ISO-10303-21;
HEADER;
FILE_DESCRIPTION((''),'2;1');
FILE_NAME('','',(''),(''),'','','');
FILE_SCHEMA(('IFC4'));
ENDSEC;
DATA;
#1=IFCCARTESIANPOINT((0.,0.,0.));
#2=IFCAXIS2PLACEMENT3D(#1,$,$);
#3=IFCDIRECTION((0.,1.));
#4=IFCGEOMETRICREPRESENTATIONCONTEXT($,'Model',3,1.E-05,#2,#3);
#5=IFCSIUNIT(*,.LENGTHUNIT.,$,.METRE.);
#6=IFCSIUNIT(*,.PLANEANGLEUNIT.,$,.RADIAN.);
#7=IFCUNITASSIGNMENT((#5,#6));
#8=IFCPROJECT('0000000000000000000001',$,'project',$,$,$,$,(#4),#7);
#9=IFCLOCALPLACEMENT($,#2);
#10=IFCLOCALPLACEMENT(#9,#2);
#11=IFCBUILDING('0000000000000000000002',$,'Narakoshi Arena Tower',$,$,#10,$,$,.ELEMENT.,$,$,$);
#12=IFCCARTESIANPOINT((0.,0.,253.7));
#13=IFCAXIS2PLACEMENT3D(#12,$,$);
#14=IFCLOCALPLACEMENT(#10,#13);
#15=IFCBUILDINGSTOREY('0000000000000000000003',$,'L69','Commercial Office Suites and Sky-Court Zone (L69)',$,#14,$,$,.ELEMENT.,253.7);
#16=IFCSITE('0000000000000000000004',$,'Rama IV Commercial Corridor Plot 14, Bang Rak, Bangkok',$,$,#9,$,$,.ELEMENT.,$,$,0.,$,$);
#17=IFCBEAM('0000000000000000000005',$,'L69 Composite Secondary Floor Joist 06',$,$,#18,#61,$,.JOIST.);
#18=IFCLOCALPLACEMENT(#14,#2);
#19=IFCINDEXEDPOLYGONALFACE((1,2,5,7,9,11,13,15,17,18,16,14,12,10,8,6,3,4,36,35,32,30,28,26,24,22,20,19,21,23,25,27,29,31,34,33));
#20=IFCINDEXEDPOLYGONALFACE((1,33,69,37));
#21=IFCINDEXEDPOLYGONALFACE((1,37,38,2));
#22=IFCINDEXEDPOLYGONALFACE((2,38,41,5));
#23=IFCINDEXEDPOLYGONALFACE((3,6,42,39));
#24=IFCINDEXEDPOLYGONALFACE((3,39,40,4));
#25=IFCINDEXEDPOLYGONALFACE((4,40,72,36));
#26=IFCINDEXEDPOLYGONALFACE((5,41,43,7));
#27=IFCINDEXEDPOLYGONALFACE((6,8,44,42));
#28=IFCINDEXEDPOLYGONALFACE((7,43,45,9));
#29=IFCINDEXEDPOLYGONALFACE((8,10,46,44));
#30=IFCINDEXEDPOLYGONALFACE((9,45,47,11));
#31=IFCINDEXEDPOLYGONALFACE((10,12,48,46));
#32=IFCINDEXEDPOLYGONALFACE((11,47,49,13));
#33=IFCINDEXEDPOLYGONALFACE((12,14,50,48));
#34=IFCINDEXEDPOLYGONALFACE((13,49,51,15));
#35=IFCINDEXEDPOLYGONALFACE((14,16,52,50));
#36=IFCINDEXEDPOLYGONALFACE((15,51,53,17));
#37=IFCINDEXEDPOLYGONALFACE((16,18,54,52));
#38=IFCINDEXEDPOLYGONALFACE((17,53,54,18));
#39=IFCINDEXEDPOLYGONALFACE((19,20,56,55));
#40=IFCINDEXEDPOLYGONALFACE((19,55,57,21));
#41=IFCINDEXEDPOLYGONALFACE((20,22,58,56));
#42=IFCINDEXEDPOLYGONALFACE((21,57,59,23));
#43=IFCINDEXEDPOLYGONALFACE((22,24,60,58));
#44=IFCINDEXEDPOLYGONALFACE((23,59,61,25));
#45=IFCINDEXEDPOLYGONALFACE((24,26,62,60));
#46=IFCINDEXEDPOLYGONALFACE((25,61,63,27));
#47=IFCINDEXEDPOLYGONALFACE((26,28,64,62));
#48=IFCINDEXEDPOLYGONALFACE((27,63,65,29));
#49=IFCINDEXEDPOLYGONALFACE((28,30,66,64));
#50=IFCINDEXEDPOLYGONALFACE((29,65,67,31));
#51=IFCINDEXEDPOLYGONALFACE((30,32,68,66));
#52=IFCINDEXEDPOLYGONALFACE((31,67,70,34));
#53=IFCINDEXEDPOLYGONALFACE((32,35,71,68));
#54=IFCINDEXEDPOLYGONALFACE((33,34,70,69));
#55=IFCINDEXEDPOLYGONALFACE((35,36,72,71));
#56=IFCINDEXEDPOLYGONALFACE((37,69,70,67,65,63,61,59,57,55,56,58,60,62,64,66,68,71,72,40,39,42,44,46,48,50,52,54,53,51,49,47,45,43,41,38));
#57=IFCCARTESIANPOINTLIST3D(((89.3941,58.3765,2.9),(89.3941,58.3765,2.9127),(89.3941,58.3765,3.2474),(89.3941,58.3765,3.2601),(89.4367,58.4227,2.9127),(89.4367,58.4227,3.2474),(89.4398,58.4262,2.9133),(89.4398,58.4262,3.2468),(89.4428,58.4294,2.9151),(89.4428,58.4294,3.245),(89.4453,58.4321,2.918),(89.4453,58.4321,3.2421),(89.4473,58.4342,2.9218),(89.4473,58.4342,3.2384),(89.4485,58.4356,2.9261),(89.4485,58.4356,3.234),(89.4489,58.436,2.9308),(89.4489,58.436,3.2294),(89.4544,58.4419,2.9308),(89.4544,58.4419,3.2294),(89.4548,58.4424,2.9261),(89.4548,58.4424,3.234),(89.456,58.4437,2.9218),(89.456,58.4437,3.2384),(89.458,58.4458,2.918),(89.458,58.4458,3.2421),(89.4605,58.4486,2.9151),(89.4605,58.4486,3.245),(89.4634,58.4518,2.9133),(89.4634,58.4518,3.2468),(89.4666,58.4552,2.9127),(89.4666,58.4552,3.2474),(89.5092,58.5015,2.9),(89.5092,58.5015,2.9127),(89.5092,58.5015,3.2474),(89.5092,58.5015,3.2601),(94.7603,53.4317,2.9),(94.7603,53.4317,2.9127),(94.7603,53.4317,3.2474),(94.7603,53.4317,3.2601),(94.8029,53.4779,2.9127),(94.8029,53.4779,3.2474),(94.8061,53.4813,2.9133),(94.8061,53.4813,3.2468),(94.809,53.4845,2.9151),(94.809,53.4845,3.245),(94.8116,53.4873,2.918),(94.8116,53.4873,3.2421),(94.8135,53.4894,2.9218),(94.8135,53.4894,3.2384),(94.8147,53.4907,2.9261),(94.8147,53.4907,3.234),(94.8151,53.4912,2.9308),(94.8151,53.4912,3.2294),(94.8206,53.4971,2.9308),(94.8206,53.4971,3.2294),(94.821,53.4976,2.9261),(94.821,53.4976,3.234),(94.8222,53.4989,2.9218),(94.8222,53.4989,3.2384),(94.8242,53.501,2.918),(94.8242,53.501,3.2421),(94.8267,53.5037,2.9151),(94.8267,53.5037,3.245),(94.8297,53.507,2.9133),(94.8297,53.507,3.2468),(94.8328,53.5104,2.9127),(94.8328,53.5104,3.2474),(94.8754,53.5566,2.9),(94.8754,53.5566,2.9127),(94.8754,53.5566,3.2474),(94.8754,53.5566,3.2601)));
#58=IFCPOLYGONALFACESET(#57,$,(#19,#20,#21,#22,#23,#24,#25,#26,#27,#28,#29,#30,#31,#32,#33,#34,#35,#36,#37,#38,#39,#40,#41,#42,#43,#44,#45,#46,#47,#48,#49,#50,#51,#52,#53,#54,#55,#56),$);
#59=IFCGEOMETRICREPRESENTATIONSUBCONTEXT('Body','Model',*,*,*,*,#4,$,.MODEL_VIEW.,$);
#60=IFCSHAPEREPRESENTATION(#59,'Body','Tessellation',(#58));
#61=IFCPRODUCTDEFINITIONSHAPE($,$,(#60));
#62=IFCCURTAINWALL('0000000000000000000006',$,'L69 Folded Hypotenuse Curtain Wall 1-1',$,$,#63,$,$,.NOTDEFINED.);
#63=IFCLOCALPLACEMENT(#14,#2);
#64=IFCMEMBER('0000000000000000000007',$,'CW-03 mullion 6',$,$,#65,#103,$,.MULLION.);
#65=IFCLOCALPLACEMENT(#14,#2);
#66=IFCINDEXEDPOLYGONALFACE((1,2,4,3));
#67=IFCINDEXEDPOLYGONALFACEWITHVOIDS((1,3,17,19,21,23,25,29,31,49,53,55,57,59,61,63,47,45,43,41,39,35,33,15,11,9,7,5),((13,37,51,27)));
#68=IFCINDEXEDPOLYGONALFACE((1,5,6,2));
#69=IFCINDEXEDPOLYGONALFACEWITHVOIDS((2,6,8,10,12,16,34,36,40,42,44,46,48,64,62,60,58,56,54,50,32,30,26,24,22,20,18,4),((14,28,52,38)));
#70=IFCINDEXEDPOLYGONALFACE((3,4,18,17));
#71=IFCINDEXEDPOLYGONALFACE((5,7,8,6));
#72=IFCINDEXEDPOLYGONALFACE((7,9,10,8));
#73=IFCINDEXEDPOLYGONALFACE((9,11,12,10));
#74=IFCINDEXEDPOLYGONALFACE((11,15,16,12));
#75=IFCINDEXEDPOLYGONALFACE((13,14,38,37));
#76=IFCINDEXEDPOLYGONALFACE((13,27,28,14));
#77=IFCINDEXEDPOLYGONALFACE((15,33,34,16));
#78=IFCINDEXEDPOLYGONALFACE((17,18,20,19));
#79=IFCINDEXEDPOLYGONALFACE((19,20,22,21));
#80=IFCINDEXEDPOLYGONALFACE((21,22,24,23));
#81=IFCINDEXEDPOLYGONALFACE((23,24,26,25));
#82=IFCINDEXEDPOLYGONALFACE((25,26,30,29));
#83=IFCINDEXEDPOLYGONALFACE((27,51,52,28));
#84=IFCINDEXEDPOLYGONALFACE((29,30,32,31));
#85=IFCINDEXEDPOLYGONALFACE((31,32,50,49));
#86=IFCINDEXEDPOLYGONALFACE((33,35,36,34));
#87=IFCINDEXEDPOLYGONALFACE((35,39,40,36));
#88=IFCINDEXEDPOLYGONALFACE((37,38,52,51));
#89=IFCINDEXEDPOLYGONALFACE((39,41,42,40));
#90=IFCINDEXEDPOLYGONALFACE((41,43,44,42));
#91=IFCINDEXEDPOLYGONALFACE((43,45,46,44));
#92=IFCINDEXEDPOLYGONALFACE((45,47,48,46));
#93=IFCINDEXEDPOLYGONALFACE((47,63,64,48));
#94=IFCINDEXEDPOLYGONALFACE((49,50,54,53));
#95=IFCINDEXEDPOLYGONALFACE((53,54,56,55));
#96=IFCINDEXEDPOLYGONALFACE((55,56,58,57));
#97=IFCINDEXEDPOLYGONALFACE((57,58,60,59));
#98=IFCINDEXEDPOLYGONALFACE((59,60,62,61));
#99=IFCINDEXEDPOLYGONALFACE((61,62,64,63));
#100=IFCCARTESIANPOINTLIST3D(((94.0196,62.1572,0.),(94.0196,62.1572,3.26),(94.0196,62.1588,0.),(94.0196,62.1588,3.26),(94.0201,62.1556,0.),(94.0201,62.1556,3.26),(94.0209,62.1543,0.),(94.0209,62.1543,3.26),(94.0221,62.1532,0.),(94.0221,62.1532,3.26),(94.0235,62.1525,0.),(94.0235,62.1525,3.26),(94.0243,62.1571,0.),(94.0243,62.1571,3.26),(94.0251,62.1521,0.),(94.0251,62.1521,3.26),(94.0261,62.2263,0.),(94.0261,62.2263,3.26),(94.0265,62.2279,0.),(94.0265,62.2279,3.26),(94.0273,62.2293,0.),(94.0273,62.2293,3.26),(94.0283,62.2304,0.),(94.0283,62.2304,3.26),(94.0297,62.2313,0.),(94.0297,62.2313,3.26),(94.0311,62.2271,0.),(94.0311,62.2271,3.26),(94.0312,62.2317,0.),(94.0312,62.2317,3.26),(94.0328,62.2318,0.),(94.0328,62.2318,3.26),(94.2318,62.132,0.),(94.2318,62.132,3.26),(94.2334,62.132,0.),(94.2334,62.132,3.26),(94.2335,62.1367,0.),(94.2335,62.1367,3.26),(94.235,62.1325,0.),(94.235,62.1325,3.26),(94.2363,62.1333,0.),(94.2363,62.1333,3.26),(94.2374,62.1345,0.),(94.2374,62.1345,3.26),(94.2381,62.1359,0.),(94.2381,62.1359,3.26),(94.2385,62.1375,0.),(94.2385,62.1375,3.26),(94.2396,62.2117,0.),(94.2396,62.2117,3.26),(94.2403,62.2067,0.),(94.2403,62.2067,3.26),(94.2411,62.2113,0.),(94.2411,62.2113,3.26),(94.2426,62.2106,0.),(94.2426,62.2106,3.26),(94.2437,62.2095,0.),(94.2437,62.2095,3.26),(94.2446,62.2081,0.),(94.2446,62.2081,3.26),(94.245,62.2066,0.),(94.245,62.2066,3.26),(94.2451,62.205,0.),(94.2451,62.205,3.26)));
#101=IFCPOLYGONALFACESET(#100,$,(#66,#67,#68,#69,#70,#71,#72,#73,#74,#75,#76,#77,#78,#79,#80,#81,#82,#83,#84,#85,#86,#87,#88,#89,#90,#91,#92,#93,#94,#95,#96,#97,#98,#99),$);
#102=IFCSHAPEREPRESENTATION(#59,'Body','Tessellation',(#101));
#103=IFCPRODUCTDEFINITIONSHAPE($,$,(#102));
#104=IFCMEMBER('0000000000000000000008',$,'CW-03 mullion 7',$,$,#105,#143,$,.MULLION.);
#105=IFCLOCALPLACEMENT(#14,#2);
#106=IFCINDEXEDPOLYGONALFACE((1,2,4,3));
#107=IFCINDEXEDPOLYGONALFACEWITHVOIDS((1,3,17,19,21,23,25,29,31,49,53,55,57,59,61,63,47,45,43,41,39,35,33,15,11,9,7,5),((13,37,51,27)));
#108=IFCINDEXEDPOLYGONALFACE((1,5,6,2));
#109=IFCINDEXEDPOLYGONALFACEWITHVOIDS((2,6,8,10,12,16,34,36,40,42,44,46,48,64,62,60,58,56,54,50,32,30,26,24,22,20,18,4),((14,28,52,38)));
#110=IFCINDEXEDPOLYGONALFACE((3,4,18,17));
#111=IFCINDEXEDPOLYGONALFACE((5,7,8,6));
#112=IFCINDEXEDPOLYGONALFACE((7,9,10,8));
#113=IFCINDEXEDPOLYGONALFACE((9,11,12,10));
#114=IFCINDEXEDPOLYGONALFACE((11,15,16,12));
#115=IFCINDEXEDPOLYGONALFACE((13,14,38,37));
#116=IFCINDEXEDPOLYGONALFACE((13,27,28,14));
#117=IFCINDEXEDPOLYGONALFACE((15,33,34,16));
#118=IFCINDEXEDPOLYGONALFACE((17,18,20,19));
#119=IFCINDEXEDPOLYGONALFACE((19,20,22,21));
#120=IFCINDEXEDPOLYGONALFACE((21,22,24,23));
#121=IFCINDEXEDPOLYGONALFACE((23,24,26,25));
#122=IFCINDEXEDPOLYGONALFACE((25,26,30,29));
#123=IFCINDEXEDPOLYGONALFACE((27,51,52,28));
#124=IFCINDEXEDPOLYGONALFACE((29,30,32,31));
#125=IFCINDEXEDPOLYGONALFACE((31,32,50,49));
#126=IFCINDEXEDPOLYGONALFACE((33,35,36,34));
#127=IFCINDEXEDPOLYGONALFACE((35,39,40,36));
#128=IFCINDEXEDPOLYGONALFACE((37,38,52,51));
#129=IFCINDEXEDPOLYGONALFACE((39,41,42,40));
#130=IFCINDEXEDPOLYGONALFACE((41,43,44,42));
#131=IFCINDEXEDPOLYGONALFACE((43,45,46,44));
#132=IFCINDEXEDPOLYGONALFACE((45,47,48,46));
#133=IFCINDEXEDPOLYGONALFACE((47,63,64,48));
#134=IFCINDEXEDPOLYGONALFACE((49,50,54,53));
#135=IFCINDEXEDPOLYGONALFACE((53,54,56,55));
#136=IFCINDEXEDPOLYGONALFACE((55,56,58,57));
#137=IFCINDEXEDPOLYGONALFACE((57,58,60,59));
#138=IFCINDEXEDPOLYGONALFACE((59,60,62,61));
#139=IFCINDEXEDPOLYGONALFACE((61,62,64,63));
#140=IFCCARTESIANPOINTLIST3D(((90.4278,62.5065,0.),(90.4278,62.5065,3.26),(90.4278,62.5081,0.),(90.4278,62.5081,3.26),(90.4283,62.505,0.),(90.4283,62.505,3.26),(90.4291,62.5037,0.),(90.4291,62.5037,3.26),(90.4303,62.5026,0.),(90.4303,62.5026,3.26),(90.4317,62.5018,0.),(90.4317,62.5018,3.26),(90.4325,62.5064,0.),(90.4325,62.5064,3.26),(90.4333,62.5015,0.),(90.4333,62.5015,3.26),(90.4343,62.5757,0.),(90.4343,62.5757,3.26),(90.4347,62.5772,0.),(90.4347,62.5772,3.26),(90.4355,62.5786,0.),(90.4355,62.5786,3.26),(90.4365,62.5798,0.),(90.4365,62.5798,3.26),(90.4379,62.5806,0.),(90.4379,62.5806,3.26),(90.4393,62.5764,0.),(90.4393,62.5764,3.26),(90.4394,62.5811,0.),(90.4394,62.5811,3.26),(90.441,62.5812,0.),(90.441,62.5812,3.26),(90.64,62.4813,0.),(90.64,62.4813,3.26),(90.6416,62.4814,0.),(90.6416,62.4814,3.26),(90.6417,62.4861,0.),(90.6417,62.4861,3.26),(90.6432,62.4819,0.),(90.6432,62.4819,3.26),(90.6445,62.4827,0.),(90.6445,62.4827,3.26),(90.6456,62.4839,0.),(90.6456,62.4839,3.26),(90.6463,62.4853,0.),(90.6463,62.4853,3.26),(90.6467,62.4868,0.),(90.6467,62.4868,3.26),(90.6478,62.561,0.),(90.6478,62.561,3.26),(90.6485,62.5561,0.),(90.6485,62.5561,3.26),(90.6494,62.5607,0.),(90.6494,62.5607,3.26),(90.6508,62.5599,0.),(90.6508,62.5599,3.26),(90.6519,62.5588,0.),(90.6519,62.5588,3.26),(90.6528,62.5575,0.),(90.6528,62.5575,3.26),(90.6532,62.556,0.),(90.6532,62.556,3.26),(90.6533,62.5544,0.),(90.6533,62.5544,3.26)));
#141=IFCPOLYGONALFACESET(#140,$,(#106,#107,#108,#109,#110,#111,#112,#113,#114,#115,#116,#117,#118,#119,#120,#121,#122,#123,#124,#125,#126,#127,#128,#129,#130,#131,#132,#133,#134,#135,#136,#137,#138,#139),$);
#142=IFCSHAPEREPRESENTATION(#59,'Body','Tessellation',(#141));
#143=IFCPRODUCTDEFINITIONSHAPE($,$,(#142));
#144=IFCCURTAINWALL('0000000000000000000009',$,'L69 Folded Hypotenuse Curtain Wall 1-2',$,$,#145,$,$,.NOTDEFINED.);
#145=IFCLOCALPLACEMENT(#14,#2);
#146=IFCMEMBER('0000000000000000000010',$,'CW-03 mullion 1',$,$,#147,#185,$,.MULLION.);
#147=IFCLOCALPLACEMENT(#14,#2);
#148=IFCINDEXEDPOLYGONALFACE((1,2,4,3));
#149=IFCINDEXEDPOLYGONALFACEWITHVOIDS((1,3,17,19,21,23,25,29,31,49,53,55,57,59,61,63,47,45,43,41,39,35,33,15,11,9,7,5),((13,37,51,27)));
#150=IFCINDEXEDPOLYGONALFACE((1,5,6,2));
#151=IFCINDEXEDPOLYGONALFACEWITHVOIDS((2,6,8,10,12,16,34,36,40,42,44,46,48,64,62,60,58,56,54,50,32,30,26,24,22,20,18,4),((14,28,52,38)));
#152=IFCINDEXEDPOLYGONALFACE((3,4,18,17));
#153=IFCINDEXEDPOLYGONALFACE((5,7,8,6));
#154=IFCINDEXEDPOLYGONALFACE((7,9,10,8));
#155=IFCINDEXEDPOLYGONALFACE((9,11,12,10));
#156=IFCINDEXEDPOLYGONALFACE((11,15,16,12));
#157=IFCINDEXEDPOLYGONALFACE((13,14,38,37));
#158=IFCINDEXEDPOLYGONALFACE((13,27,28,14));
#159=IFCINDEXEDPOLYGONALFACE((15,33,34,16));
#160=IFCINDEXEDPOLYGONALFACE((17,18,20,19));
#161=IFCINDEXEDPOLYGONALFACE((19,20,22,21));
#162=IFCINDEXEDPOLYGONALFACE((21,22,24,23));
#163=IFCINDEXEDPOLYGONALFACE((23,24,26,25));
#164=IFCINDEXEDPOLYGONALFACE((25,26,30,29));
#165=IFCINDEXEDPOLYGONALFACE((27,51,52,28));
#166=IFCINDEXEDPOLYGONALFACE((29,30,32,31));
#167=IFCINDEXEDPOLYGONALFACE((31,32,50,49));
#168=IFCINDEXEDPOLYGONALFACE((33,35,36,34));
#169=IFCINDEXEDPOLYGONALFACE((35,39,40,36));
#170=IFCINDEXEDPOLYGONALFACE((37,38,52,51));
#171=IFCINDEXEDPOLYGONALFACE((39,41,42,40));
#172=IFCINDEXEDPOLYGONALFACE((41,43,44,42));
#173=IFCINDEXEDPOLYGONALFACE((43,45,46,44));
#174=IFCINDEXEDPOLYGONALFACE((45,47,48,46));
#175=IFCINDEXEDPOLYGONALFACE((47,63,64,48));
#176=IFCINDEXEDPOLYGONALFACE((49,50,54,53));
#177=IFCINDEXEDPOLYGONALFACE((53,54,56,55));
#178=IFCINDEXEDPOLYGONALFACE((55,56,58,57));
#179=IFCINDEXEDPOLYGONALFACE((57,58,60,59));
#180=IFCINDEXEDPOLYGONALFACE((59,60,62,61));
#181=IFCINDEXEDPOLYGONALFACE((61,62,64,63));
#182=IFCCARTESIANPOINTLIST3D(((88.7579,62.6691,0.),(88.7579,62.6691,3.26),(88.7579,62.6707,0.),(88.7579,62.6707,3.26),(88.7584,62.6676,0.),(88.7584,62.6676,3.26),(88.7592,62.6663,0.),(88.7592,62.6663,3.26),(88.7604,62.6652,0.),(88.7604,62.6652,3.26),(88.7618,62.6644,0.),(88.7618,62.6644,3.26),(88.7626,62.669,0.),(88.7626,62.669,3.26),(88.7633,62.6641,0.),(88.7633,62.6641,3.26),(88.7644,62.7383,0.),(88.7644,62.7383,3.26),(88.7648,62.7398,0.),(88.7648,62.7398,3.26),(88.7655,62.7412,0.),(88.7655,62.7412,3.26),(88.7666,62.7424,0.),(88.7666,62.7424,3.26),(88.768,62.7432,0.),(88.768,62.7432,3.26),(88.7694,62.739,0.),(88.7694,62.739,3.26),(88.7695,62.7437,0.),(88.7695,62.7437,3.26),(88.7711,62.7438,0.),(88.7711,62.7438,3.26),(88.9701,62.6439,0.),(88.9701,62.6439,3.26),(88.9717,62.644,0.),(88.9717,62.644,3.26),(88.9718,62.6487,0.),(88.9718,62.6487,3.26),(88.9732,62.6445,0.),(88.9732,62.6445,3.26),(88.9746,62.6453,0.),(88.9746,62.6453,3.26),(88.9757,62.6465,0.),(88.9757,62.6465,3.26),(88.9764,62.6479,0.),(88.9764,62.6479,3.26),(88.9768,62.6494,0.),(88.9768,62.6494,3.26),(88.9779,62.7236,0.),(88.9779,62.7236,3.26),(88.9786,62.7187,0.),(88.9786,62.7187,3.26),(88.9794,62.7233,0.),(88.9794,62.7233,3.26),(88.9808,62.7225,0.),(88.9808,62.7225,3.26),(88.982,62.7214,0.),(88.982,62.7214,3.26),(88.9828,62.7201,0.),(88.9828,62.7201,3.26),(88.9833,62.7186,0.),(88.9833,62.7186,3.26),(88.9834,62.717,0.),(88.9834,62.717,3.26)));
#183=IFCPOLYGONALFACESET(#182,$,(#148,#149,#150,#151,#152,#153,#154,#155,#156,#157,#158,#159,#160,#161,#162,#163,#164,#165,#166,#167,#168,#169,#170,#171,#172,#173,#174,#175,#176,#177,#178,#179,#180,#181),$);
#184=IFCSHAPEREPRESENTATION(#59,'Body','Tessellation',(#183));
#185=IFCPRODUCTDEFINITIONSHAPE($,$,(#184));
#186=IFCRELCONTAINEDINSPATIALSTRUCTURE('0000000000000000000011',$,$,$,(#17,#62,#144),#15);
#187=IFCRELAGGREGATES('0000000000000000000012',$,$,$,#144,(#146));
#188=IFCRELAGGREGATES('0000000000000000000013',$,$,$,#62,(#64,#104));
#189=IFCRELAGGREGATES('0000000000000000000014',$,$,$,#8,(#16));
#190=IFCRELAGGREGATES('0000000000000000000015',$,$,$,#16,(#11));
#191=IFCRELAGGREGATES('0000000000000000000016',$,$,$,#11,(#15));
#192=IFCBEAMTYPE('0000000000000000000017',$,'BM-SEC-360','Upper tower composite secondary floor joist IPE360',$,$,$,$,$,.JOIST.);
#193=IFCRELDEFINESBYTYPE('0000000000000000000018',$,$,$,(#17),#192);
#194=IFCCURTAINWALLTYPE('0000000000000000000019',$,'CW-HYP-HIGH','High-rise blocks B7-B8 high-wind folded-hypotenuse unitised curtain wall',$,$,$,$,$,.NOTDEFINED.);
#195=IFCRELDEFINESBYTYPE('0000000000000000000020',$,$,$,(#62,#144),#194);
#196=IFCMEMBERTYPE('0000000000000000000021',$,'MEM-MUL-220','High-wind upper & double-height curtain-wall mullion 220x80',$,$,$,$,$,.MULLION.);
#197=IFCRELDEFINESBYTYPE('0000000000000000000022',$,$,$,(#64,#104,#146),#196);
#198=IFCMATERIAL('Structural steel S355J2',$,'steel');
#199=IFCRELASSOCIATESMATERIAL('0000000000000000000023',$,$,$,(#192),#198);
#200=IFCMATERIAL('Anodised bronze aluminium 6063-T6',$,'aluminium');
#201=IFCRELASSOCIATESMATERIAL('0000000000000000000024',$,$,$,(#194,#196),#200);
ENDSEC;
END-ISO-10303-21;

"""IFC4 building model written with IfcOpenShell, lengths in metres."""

from ifc_helpers import new_model, si_unit, direction, frame, origin, origin_2d, place, context, subcontext, project, spatial, hollow_rectangle, i_section, extrude, material, material_profile, profile_set, type_object, element, aggregate, save


model = new_model("IFC4")

# Units and contexts
model_context = context("Model", 3, precision=1e-05, world=origin(), true_north=direction((0.0, 1.0)))
body_context = subcontext(model_context, "Body", "Model", "MODEL_VIEW")
ifc_project = project(units=[si_unit("LENGTHUNIT", "METRE"), si_unit("PLANEANGLEUNIT", "RADIAN")], contexts=[model_context])

# Site, building, storey
site_placement = place(None, origin())
site = spatial("IfcSite", under=ifc_project, at=site_placement, Name="Rama IV Commercial Corridor Plot 14, Bang Rak, Bangkok", CompositionType="ELEMENT", RefElevation=0.0)
building_placement = place(site_placement, origin())
building = spatial("IfcBuilding", under=site, at=building_placement, Name="Narakoshi Arena Tower", CompositionType="ELEMENT")
storey_placement = place(building_placement, frame((0.0, 0.0, 253.7)))
storey = spatial("IfcBuildingStorey", under=building, at=storey_placement, Name="L69", Description="Commercial Office Suites and Sky-Court Zone (L69)", CompositionType="ELEMENT", Elevation=253.7)

# Beam
ifc_material_1 = material(Name="Structural steel S355J2", Category="steel")
ifc_material_profile_1 = material_profile(ifc_material_1, i_section(OverallWidth=0.1699, OverallDepth=0.3601, WebThickness=0.0081, FlangeThickness=0.0127, FilletRadius=0.0181, at=origin_2d()), Name="IPE360")
ifc_profile_set_1 = profile_set([ifc_material_profile_1], Name="Structural steel S355J2")
beam_type_1 = type_object("IfcBeamType", Name="BM-SEC-360", Description="Upper tower composite secondary floor joist IPE360", PredefinedType="JOIST", material=ifc_profile_set_1)
beam_1_placement = place(storey_placement, frame((94.8179, 53.4941, 3.0801), z_axis=(-0.735391, 0.677643, 0.0), x_axis=(-0.677643, -0.735391, 0.0)))
element("IfcBeam", 1, at=beam_1_placement, inside=storey, type_object=beam_type_1, Name="L69 Composite Secondary Floor Joist 06", PredefinedType="JOIST", context=body_context, shape_type="SweptSolid", body=[
    extrude(i_section(OverallWidth=0.1699, OverallDepth=0.3601, WebThickness=0.0081, FlangeThickness=0.0127, FilletRadius=0.0181, at=origin_2d()), origin(), (0.0, 0.0, 1.0), 7.2971),
])

# Curtain wall, members
ifc_material_2 = material(Name="Anodised bronze aluminium 6063-T6", Category="aluminium")
curtain_wall_type = type_object("IfcCurtainWallType", Name="CW-HYP-HIGH", Description="High-rise blocks B7-B8 high-wind folded-hypotenuse unitised curtain wall", PredefinedType="NOTDEFINED", material=ifc_material_2)
curtain_wall_1_placement = place(storey_placement, origin())
curtain_wall_1 = element("IfcCurtainWall", 2, at=curtain_wall_1_placement, inside=storey, type_object=curtain_wall_type, Name="L69 Folded Hypotenuse Curtain Wall 1-1", PredefinedType="NOTDEFINED")
ifc_material_profile_2 = material_profile(ifc_material_2, hollow_rectangle(XDim=0.0801, YDim=0.22, WallThickness=0.0049, OuterFilletRadius=0.0061, at=origin_2d()), Name="MUL220x80x5")
ifc_profile_set_2 = profile_set([ifc_material_profile_2], Name="Anodised bronze aluminium 6063-T6")
member_type_1 = type_object("IfcMemberType", Name="MEM-MUL-220", Description="High-wind upper & double-height curtain-wall mullion 220x80", PredefinedType="MULLION", material=ifc_profile_set_2)
member_1_placement = place(storey_placement, frame((94.1323, 62.1819, 0.0), z_axis=(0.0, 0.0, 1.0), x_axis=(-0.096851, -0.995299, 0.0)))
member_1 = element("IfcMember", 3, at=member_1_placement, type_object=member_type_1, Name="CW-03 mullion 6", PredefinedType="MULLION", context=body_context, shape_type="SweptSolid", body=[
    extrude(hollow_rectangle(XDim=0.0801, YDim=0.22, WallThickness=0.0049, OuterFilletRadius=0.0061, at=origin_2d()), origin(), (0.0, 0.0, 1.0), 3.26),
])
member_2_placement = place(storey_placement, frame((90.5405, 62.5312, 0.0), z_axis=(0.0, 0.0, 1.0), x_axis=(-0.096851, -0.995299, 0.0)))
member_2 = element("IfcMember", 4, at=member_2_placement, type_object=member_type_1, Name="CW-03 mullion 7", PredefinedType="MULLION", context=body_context, shape_type="SweptSolid", body=[
    extrude(hollow_rectangle(XDim=0.0801, YDim=0.22, WallThickness=0.0049, OuterFilletRadius=0.0061, at=origin_2d()), origin(), (0.0, 0.0, 1.0), 3.26),
])

# Curtain wall, member
curtain_wall_2_placement = place(storey_placement, origin())
curtain_wall_2 = element("IfcCurtainWall", 5, at=curtain_wall_2_placement, inside=storey, type_object=curtain_wall_type, Name="L69 Folded Hypotenuse Curtain Wall 1-2", PredefinedType="NOTDEFINED")
member_3_placement = place(storey_placement, frame((88.8706, 62.6938, 0.0), z_axis=(0.0, 0.0, 1.0), x_axis=(-0.096843, -0.9953, 0.0)))
member_3 = element("IfcMember", 6, at=member_3_placement, type_object=member_type_1, Name="CW-03 mullion 1", PredefinedType="MULLION", context=body_context, shape_type="SweptSolid", body=[
    extrude(hollow_rectangle(XDim=0.0801, YDim=0.22, WallThickness=0.0049, OuterFilletRadius=0.0061, at=origin_2d()), origin(), (0.0, 0.0, 1.0), 3.26),
])

aggregate(curtain_wall_2, [member_3])

aggregate(curtain_wall_1, [member_1, member_2])

save(model, "model.ifc")
